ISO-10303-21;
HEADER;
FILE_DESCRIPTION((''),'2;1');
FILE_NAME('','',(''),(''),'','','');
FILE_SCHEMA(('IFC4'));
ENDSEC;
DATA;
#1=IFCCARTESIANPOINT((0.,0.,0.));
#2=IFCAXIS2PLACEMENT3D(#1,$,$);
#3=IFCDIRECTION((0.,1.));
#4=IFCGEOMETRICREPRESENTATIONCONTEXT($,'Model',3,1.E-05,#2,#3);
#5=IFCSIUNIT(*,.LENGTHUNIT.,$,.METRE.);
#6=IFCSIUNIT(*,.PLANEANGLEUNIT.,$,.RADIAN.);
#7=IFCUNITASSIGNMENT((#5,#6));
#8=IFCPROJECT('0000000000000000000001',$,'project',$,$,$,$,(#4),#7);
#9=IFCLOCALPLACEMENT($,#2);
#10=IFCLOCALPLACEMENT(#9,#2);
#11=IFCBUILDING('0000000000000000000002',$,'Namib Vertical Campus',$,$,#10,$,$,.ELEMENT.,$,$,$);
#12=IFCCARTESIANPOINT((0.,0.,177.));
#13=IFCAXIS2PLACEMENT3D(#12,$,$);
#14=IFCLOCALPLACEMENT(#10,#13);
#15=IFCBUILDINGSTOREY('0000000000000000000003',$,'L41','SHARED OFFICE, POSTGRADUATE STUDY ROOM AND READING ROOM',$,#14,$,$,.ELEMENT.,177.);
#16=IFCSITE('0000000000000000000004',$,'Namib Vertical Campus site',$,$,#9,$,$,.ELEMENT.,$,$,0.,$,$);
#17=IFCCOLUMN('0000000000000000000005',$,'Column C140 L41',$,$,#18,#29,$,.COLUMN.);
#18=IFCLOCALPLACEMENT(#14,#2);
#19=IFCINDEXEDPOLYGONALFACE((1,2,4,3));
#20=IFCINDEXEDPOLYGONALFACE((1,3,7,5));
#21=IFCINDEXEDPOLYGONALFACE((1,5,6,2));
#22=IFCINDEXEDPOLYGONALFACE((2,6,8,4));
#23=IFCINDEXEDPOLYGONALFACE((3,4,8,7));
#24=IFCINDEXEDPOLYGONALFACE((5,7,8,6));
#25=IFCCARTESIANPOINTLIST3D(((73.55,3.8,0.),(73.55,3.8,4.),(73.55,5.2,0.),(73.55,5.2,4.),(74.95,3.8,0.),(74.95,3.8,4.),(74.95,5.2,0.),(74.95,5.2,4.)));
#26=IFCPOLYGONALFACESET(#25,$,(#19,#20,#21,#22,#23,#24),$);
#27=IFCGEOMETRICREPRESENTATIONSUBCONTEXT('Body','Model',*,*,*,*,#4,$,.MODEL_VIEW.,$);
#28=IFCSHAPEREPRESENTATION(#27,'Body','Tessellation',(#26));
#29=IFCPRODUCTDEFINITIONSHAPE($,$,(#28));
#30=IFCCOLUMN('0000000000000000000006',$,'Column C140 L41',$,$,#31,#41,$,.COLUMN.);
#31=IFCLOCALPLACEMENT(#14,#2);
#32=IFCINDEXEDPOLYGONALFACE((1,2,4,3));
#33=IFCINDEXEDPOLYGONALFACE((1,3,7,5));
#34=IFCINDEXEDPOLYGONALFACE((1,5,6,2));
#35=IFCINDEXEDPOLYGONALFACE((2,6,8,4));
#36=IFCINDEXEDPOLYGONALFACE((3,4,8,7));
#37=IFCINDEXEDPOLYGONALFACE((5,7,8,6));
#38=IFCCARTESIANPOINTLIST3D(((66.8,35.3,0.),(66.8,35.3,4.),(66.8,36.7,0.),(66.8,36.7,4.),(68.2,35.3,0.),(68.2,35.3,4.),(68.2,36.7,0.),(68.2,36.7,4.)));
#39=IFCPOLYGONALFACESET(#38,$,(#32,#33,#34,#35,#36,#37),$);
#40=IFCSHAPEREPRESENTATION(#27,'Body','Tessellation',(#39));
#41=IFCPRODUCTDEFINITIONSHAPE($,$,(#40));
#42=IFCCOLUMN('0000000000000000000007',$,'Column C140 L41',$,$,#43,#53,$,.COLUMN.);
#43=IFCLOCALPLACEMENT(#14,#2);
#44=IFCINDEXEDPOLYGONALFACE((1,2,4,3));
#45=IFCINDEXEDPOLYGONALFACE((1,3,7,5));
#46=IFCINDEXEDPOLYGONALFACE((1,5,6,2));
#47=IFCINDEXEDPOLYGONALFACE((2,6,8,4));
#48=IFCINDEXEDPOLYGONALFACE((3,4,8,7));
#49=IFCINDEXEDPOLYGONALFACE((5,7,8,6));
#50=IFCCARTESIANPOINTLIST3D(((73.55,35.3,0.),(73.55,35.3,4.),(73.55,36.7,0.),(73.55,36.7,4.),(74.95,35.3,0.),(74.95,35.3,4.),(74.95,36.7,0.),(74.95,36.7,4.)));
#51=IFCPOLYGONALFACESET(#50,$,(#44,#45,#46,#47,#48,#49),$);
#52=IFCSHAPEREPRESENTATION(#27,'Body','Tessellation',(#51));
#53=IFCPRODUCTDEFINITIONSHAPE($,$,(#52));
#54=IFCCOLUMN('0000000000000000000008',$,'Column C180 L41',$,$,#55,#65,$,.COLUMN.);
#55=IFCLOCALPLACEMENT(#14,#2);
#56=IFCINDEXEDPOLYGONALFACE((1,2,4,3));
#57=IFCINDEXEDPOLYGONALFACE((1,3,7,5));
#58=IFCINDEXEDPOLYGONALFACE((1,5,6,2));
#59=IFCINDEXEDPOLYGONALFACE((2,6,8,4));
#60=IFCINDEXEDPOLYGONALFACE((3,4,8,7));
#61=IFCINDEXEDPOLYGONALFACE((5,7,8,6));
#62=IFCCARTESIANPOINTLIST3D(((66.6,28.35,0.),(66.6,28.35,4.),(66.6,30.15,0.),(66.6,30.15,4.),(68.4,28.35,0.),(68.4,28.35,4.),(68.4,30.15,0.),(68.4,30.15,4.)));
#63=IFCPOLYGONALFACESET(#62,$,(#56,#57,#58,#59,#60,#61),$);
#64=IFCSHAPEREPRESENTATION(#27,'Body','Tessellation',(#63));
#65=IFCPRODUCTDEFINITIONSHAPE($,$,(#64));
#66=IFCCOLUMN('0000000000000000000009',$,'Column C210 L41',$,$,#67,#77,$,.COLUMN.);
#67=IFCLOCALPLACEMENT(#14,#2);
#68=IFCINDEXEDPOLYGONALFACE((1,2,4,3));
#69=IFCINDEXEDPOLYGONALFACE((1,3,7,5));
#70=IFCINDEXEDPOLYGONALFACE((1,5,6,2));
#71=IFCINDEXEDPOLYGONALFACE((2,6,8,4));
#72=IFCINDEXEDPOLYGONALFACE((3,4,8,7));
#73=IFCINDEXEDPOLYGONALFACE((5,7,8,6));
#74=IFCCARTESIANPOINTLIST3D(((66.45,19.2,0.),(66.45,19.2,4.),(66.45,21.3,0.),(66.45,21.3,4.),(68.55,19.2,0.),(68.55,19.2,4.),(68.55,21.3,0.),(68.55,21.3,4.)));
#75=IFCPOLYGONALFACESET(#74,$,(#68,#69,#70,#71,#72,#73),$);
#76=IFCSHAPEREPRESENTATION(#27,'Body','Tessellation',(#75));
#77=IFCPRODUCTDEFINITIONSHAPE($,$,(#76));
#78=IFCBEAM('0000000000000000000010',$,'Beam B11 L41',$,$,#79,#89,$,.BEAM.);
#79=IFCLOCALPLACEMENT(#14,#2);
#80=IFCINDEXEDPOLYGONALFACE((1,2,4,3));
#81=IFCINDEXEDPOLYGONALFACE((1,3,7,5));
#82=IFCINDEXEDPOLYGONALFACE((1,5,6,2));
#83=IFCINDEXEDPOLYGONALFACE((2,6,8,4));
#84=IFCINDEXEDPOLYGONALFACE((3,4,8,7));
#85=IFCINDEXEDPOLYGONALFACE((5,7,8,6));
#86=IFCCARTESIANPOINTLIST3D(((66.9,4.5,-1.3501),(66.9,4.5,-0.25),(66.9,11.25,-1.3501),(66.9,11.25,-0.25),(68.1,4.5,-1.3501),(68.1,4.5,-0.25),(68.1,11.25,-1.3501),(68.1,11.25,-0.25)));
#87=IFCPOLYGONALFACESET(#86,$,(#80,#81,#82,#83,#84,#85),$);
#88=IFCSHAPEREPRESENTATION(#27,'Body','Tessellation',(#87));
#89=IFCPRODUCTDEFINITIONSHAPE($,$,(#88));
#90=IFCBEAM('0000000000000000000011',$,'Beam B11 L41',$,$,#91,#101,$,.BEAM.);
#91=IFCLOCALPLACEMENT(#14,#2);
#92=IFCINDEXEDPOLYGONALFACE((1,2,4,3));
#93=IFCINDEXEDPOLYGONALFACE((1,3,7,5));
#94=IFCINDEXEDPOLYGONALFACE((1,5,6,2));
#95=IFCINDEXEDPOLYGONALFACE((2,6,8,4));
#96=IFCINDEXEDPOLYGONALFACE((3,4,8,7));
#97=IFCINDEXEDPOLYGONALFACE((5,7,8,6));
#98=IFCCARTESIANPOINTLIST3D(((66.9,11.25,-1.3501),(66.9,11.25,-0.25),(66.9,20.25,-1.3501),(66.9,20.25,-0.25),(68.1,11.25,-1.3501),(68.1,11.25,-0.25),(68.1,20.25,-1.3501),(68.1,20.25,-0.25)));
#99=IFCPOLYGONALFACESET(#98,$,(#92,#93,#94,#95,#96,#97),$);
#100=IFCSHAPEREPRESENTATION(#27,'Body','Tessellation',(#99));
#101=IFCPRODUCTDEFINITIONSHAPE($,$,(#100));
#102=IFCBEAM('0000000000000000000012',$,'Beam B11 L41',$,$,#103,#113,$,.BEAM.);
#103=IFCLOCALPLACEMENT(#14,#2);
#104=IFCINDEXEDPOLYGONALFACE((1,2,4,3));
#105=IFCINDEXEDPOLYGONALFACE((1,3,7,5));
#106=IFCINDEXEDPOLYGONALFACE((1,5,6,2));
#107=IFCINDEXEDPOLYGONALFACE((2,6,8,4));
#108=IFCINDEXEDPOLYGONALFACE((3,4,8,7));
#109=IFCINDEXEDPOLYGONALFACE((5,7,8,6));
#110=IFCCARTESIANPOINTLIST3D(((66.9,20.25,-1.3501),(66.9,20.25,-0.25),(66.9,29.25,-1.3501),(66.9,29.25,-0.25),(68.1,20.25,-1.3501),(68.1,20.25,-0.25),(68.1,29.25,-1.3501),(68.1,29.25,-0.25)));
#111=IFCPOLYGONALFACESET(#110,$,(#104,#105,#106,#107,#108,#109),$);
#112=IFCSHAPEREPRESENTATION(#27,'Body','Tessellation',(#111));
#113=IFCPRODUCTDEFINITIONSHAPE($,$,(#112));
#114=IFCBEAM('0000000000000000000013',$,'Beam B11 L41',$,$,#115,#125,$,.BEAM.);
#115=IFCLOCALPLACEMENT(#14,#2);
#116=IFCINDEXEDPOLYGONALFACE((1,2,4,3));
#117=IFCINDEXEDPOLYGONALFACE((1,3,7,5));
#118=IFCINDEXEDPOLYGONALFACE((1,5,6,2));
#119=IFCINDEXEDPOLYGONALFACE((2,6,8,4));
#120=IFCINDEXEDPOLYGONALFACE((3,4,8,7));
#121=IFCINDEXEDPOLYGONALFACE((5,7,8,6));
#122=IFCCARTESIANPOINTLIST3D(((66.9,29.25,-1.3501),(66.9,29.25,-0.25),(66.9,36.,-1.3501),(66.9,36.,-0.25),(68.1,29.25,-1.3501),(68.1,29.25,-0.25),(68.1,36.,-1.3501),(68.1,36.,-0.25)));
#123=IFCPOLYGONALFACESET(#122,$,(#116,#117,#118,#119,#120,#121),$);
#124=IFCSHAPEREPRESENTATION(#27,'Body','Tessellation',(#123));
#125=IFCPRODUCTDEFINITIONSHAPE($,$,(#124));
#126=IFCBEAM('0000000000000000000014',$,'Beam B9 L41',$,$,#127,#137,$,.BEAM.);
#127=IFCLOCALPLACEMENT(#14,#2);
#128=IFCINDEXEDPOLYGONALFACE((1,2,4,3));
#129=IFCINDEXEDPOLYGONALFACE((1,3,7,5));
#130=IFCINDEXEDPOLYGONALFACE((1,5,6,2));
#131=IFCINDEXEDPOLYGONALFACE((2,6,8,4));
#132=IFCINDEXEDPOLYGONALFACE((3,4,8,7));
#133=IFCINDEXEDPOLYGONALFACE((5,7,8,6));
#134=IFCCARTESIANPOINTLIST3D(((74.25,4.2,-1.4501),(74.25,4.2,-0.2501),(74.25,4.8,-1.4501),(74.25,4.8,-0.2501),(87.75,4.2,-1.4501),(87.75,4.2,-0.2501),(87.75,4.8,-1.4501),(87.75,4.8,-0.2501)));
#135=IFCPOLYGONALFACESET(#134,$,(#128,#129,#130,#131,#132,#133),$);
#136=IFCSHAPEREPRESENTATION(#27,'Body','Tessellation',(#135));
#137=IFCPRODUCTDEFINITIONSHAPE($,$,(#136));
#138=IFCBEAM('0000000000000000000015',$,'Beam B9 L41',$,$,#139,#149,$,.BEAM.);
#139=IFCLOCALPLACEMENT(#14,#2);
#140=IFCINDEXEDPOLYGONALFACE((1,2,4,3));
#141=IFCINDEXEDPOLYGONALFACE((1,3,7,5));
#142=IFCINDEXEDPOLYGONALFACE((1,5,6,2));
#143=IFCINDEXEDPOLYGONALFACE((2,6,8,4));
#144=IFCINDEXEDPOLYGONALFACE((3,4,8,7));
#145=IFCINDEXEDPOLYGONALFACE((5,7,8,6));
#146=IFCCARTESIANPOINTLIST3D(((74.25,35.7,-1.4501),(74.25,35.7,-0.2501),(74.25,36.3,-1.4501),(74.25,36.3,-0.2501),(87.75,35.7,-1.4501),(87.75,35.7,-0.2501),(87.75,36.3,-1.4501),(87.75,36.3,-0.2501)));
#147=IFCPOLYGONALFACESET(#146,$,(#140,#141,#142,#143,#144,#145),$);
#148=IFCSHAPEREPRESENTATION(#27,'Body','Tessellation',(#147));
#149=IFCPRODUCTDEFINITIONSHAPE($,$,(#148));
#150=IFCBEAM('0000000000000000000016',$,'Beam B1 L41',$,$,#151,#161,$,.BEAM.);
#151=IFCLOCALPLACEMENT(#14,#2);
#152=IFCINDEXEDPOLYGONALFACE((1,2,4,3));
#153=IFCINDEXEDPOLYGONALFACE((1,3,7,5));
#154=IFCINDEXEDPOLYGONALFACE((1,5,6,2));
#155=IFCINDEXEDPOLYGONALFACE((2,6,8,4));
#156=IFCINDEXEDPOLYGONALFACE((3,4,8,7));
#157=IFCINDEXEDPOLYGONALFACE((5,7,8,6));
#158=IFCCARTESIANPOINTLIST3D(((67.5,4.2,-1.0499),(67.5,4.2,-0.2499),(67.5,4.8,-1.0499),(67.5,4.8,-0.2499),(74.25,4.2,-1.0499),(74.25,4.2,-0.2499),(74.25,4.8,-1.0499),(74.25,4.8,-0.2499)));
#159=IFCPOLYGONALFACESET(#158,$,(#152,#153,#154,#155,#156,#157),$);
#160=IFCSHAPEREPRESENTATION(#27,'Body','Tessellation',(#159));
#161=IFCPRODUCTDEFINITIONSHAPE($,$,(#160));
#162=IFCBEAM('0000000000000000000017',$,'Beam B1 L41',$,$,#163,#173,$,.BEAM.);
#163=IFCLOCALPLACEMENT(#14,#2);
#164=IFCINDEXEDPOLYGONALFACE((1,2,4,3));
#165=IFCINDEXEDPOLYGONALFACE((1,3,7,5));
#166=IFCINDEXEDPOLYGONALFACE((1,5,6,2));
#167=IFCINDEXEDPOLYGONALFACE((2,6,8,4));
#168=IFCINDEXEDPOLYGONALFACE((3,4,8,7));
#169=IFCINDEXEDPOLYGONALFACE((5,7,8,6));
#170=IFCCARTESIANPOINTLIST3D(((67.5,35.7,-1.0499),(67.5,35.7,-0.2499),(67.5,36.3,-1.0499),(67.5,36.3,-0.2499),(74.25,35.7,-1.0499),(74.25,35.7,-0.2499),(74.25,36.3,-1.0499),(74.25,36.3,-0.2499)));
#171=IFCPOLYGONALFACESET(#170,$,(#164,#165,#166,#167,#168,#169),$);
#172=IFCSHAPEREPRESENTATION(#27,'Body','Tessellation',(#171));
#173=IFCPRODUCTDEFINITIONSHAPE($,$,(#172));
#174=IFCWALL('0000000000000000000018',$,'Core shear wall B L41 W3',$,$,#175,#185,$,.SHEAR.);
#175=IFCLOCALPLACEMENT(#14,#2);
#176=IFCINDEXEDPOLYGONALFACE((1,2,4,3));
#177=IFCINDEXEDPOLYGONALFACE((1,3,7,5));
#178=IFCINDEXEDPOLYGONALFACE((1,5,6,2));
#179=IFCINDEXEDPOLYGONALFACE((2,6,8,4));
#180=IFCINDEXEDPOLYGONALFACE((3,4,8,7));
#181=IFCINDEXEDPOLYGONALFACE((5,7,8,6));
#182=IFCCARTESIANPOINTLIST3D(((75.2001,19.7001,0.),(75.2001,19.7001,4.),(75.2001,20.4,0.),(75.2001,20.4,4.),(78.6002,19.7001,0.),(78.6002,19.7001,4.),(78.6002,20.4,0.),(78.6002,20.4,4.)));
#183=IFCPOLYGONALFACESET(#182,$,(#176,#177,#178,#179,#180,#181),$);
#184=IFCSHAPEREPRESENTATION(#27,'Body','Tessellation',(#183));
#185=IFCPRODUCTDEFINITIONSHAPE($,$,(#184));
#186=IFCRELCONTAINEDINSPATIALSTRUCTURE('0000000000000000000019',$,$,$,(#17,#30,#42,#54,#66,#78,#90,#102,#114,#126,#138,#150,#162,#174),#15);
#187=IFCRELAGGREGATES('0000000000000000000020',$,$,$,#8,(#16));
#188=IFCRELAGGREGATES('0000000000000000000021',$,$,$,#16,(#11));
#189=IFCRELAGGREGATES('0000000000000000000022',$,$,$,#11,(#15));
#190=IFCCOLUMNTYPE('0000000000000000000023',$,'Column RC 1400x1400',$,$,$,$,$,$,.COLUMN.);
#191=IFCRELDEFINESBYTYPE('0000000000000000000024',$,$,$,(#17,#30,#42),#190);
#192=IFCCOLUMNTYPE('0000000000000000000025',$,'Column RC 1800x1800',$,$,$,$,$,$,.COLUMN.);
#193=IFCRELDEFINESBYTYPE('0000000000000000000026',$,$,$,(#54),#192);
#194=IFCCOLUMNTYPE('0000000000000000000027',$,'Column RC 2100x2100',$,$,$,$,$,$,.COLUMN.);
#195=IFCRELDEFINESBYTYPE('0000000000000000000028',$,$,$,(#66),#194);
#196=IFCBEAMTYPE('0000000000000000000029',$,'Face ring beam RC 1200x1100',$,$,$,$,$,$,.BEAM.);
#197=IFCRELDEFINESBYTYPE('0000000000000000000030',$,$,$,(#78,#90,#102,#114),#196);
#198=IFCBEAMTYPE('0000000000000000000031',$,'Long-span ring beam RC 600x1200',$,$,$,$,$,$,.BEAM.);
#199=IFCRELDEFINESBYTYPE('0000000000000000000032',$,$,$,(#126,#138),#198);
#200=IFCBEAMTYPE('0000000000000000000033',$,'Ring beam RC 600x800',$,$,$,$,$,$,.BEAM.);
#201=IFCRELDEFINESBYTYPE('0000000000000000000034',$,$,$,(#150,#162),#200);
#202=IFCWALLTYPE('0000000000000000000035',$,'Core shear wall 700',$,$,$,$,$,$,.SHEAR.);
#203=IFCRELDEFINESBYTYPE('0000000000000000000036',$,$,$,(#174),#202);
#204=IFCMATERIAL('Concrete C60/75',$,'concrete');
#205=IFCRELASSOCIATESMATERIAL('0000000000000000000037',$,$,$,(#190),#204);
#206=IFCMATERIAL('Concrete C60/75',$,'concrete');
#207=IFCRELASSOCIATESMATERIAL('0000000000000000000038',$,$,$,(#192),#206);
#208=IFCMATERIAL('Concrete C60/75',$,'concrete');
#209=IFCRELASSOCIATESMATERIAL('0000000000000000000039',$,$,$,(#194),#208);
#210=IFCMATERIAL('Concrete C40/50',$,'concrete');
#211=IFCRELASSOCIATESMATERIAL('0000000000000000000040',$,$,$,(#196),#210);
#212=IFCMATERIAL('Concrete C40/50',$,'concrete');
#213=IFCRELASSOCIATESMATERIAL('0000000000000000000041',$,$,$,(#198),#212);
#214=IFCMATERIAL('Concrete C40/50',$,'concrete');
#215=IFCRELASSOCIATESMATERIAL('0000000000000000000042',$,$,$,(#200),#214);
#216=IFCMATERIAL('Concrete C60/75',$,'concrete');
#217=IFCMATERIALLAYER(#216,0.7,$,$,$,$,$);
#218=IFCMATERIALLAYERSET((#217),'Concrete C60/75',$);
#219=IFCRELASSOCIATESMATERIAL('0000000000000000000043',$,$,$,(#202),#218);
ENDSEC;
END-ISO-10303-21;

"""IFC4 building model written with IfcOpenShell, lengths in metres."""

from ifc_helpers import new_model, si_unit, direction, frame, frame_2d, origin, origin_2d, place, context, subcontext, project, spatial, rectangle, extrude, material, layer, layer_set, material_profile, profile_set, type_object, element, save


model = new_model("IFC4")

# Units and contexts
model_context = context("Model", 3, precision=1e-05, world=origin(), true_north=direction((0.0, 1.0)))
body_context = subcontext(model_context, "Body", "Model", "MODEL_VIEW")
ifc_project = project(units=[si_unit("LENGTHUNIT", "METRE"), si_unit("PLANEANGLEUNIT", "RADIAN")], contexts=[model_context])

# Site, building, storey
site_placement = place(None, origin())
site = spatial("IfcSite", under=ifc_project, at=site_placement, Name="Namib Vertical Campus site", CompositionType="ELEMENT", RefElevation=0.0)
building_placement = place(site_placement, origin())
building = spatial("IfcBuilding", under=site, at=building_placement, Name="Namib Vertical Campus", CompositionType="ELEMENT")
storey_placement = place(building_placement, frame((0.0, 0.0, 177.0)))
storey = spatial("IfcBuildingStorey", under=building, at=storey_placement, Name="L41", Description="SHARED OFFICE, POSTGRADUATE STUDY ROOM AND READING ROOM", CompositionType="ELEMENT", Elevation=177.0)

# Columns
ifc_material_1 = material(Name="Concrete C60/75", Category="concrete")
ifc_material_profile_1 = material_profile(ifc_material_1, rectangle(XDim=1.3999, YDim=1.3999, at=origin_2d()))
ifc_profile_set_1 = profile_set([ifc_material_profile_1], Name="Concrete C60/75")
column_type_1 = type_object("IfcColumnType", Name="Column RC 1400x1400", PredefinedType="COLUMN", material=ifc_profile_set_1)
for number, where, z_axis, x_axis, name in (
    (1, (74.25, 4.5, 0.0), (0.0, 0.0, 1.0), (1.0, 0.0, 0.0), "Column C140 L41"),
    (2, (67.5, 36.0, 0.0), (0.0, 0.0, 1.0), (1.0, 0.0, 0.0), "Column C140 L41"),
    (3, (74.25, 36.0, 0.0), (0.0, 0.0, 1.0), (1.0, 0.0, 0.0), "Column C140 L41"),
):
    element("IfcColumn", number, at=place(storey_placement, frame(where, z_axis=z_axis, x_axis=x_axis)), inside=storey, type_object=column_type_1, Name=name, PredefinedType="COLUMN", context=body_context, shape_type="SweptSolid", body=[
        extrude(rectangle(XDim=1.3999, YDim=1.3999, at=origin_2d()), origin(), (0.0, 0.0, 1.0), 4.0),
    ])
ifc_material_2 = material(Name="Concrete C60/75", Category="concrete")
ifc_material_profile_2 = material_profile(ifc_material_2, rectangle(XDim=1.8, YDim=1.8, at=origin_2d()))
ifc_profile_set_2 = profile_set([ifc_material_profile_2], Name="Concrete C60/75")
column_type_2 = type_object("IfcColumnType", Name="Column RC 1800x1800", PredefinedType="COLUMN", material=ifc_profile_set_2)
column_1_placement = place(storey_placement, frame((67.5, 29.25, 0.0), z_axis=(0.0, 0.0, 1.0), x_axis=(1.0, 0.0, 0.0)))
element("IfcColumn", 4, at=column_1_placement, inside=storey, type_object=column_type_2, Name="Column C180 L41", PredefinedType="COLUMN", context=body_context, shape_type="SweptSolid", body=[
    extrude(rectangle(XDim=1.8, YDim=1.8, at=origin_2d()), origin(), (0.0, 0.0, 1.0), 4.0),
])
ifc_material_3 = material(Name="Concrete C60/75", Category="concrete")
ifc_material_profile_3 = material_profile(ifc_material_3, rectangle(XDim=2.1001, YDim=2.1001, at=origin_2d()))
ifc_profile_set_3 = profile_set([ifc_material_profile_3], Name="Concrete C60/75")
column_type_3 = type_object("IfcColumnType", Name="Column RC 2100x2100", PredefinedType="COLUMN", material=ifc_profile_set_3)
column_2_placement = place(storey_placement, frame((67.5, 20.25, 0.0), z_axis=(0.0, 0.0, 1.0), x_axis=(1.0, 0.0, 0.0)))
element("IfcColumn", 5, at=column_2_placement, inside=storey, type_object=column_type_3, Name="Column C210 L41", PredefinedType="COLUMN", context=body_context, shape_type="SweptSolid", body=[
    extrude(rectangle(XDim=2.1001, YDim=2.1001, at=origin_2d()), origin(), (0.0, 0.0, 1.0), 4.0),
])

# Beams
ifc_material_4 = material(Name="Concrete C40/50", Category="concrete")
ifc_material_profile_4 = material_profile(ifc_material_4, rectangle(XDim=1.2, YDim=1.1001, at=origin_2d()))
ifc_profile_set_4 = profile_set([ifc_material_profile_4], Name="Concrete C40/50")
beam_type_1 = type_object("IfcBeamType", Name="Face ring beam RC 1200x1100", PredefinedType="BEAM", material=ifc_profile_set_4)
beam_1_placement = place(storey_placement, frame((67.5, 4.5, -0.8), z_axis=(0.0, 1.0, 0.0), x_axis=(-1.0, 0.0, 0.0)))
element("IfcBeam", 6, at=beam_1_placement, inside=storey, type_object=beam_type_1, Name="Beam B11 L41", PredefinedType="BEAM", context=body_context, shape_type="SweptSolid", body=[
    extrude(rectangle(XDim=1.2, YDim=1.1001, at=origin_2d()), origin(), (0.0, 0.0, 1.0), 6.75),
])
for number, where, z_axis, x_axis, name in (
    (7, (67.5, 11.25, -0.8), (0.0, 1.0, 0.0), (-1.0, 0.0, 0.0), "Beam B11 L41"),
    (8, (67.5, 20.25, -0.8), (0.0, 1.0, 0.0), (-1.0, 0.0, 0.0), "Beam B11 L41"),
):
    element("IfcBeam", number, at=place(storey_placement, frame(where, z_axis=z_axis, x_axis=x_axis)), inside=storey, type_object=beam_type_1, Name=name, PredefinedType="BEAM", context=body_context, shape_type="SweptSolid", body=[
        extrude(rectangle(XDim=1.2, YDim=1.1001, at=origin_2d()), origin(), (0.0, 0.0, 1.0), 9.0),
    ])
beam_2_placement = place(storey_placement, frame((67.5, 29.25, -0.8), z_axis=(0.0, 1.0, 0.0), x_axis=(-1.0, 0.0, 0.0)))
element("IfcBeam", 9, at=beam_2_placement, inside=storey, type_object=beam_type_1, Name="Beam B11 L41", PredefinedType="BEAM", context=body_context, shape_type="SweptSolid", body=[
    extrude(rectangle(XDim=1.2, YDim=1.1001, at=origin_2d()), origin(), (0.0, 0.0, 1.0), 6.75),
])
ifc_material_5 = material(Name="Concrete C40/50", Category="concrete")
ifc_material_profile_5 = material_profile(ifc_material_5, rectangle(XDim=0.6001, YDim=1.2, at=origin_2d()))
ifc_profile_set_5 = profile_set([ifc_material_profile_5], Name="Concrete C40/50")
beam_type_2 = type_object("IfcBeamType", Name="Long-span ring beam RC 600x1200", PredefinedType="BEAM", material=ifc_profile_set_5)
for number, where, z_axis, x_axis, name in (
    (10, (74.25, 4.5, -0.8501), (1.0, 0.0, 0.0), (0.0, 1.0, 0.0), "Beam B9 L41"),
    (11, (74.25, 36.0, -0.8501), (1.0, 0.0, 0.0), (0.0, 1.0, 0.0), "Beam B9 L41"),
):
    element("IfcBeam", number, at=place(storey_placement, frame(where, z_axis=z_axis, x_axis=x_axis)), inside=storey, type_object=beam_type_2, Name=name, PredefinedType="BEAM", context=body_context, shape_type="SweptSolid", body=[
        extrude(rectangle(XDim=0.6001, YDim=1.2, at=origin_2d()), origin(), (0.0, 0.0, 1.0), 13.5),
    ])
ifc_material_6 = material(Name="Concrete C40/50", Category="concrete")
ifc_material_profile_6 = material_profile(ifc_material_6, rectangle(XDim=0.6001, YDim=0.8, at=origin_2d()))
ifc_profile_set_6 = profile_set([ifc_material_profile_6], Name="Concrete C40/50")
beam_type_3 = type_object("IfcBeamType", Name="Ring beam RC 600x800", PredefinedType="BEAM", material=ifc_profile_set_6)
for number, where, z_axis, x_axis, name in (
    (12, (67.5, 4.5, -0.6499), (1.0, 0.0, 0.0), (0.0, 1.0, 0.0), "Beam B1 L41"),
    (13, (67.5, 36.0, -0.6499), (1.0, 0.0, 0.0), (0.0, 1.0, 0.0), "Beam B1 L41"),
):
    element("IfcBeam", number, at=place(storey_placement, frame(where, z_axis=z_axis, x_axis=x_axis)), inside=storey, type_object=beam_type_3, Name=name, PredefinedType="BEAM", context=body_context, shape_type="SweptSolid", body=[
        extrude(rectangle(XDim=0.6001, YDim=0.8, at=origin_2d()), origin(), (0.0, 0.0, 1.0), 6.75),
    ])

# Wall
ifc_material_7 = material(Name="Concrete C60/75", Category="concrete")
ifc_layer_1 = layer(ifc_material_7, 0.7)
ifc_layer_set_1 = layer_set([ifc_layer_1], Name="Concrete C60/75")
wall_type_1 = type_object("IfcWallType", Name="Core shear wall 700", PredefinedType="SHEAR", material=ifc_layer_set_1)
wall_1_placement = place(storey_placement, frame((75.2, 20.05, 0.0), z_axis=(0.0, 0.0, 1.0), x_axis=(1.0, 0.0, 0.0)))
element("IfcWall", 14, at=wall_1_placement, inside=storey, type_object=wall_type_1, Name="Core shear wall B L41 W3", PredefinedType="SHEAR", context=body_context, shape_type="SweptSolid", body=[
    extrude(rectangle(XDim=3.4001, YDim=0.7, at=frame_2d((1.7002, 0.0))), origin(), (0.0, 0.0, 1.0), 4.0),
])

save(model, "model.ifc")
